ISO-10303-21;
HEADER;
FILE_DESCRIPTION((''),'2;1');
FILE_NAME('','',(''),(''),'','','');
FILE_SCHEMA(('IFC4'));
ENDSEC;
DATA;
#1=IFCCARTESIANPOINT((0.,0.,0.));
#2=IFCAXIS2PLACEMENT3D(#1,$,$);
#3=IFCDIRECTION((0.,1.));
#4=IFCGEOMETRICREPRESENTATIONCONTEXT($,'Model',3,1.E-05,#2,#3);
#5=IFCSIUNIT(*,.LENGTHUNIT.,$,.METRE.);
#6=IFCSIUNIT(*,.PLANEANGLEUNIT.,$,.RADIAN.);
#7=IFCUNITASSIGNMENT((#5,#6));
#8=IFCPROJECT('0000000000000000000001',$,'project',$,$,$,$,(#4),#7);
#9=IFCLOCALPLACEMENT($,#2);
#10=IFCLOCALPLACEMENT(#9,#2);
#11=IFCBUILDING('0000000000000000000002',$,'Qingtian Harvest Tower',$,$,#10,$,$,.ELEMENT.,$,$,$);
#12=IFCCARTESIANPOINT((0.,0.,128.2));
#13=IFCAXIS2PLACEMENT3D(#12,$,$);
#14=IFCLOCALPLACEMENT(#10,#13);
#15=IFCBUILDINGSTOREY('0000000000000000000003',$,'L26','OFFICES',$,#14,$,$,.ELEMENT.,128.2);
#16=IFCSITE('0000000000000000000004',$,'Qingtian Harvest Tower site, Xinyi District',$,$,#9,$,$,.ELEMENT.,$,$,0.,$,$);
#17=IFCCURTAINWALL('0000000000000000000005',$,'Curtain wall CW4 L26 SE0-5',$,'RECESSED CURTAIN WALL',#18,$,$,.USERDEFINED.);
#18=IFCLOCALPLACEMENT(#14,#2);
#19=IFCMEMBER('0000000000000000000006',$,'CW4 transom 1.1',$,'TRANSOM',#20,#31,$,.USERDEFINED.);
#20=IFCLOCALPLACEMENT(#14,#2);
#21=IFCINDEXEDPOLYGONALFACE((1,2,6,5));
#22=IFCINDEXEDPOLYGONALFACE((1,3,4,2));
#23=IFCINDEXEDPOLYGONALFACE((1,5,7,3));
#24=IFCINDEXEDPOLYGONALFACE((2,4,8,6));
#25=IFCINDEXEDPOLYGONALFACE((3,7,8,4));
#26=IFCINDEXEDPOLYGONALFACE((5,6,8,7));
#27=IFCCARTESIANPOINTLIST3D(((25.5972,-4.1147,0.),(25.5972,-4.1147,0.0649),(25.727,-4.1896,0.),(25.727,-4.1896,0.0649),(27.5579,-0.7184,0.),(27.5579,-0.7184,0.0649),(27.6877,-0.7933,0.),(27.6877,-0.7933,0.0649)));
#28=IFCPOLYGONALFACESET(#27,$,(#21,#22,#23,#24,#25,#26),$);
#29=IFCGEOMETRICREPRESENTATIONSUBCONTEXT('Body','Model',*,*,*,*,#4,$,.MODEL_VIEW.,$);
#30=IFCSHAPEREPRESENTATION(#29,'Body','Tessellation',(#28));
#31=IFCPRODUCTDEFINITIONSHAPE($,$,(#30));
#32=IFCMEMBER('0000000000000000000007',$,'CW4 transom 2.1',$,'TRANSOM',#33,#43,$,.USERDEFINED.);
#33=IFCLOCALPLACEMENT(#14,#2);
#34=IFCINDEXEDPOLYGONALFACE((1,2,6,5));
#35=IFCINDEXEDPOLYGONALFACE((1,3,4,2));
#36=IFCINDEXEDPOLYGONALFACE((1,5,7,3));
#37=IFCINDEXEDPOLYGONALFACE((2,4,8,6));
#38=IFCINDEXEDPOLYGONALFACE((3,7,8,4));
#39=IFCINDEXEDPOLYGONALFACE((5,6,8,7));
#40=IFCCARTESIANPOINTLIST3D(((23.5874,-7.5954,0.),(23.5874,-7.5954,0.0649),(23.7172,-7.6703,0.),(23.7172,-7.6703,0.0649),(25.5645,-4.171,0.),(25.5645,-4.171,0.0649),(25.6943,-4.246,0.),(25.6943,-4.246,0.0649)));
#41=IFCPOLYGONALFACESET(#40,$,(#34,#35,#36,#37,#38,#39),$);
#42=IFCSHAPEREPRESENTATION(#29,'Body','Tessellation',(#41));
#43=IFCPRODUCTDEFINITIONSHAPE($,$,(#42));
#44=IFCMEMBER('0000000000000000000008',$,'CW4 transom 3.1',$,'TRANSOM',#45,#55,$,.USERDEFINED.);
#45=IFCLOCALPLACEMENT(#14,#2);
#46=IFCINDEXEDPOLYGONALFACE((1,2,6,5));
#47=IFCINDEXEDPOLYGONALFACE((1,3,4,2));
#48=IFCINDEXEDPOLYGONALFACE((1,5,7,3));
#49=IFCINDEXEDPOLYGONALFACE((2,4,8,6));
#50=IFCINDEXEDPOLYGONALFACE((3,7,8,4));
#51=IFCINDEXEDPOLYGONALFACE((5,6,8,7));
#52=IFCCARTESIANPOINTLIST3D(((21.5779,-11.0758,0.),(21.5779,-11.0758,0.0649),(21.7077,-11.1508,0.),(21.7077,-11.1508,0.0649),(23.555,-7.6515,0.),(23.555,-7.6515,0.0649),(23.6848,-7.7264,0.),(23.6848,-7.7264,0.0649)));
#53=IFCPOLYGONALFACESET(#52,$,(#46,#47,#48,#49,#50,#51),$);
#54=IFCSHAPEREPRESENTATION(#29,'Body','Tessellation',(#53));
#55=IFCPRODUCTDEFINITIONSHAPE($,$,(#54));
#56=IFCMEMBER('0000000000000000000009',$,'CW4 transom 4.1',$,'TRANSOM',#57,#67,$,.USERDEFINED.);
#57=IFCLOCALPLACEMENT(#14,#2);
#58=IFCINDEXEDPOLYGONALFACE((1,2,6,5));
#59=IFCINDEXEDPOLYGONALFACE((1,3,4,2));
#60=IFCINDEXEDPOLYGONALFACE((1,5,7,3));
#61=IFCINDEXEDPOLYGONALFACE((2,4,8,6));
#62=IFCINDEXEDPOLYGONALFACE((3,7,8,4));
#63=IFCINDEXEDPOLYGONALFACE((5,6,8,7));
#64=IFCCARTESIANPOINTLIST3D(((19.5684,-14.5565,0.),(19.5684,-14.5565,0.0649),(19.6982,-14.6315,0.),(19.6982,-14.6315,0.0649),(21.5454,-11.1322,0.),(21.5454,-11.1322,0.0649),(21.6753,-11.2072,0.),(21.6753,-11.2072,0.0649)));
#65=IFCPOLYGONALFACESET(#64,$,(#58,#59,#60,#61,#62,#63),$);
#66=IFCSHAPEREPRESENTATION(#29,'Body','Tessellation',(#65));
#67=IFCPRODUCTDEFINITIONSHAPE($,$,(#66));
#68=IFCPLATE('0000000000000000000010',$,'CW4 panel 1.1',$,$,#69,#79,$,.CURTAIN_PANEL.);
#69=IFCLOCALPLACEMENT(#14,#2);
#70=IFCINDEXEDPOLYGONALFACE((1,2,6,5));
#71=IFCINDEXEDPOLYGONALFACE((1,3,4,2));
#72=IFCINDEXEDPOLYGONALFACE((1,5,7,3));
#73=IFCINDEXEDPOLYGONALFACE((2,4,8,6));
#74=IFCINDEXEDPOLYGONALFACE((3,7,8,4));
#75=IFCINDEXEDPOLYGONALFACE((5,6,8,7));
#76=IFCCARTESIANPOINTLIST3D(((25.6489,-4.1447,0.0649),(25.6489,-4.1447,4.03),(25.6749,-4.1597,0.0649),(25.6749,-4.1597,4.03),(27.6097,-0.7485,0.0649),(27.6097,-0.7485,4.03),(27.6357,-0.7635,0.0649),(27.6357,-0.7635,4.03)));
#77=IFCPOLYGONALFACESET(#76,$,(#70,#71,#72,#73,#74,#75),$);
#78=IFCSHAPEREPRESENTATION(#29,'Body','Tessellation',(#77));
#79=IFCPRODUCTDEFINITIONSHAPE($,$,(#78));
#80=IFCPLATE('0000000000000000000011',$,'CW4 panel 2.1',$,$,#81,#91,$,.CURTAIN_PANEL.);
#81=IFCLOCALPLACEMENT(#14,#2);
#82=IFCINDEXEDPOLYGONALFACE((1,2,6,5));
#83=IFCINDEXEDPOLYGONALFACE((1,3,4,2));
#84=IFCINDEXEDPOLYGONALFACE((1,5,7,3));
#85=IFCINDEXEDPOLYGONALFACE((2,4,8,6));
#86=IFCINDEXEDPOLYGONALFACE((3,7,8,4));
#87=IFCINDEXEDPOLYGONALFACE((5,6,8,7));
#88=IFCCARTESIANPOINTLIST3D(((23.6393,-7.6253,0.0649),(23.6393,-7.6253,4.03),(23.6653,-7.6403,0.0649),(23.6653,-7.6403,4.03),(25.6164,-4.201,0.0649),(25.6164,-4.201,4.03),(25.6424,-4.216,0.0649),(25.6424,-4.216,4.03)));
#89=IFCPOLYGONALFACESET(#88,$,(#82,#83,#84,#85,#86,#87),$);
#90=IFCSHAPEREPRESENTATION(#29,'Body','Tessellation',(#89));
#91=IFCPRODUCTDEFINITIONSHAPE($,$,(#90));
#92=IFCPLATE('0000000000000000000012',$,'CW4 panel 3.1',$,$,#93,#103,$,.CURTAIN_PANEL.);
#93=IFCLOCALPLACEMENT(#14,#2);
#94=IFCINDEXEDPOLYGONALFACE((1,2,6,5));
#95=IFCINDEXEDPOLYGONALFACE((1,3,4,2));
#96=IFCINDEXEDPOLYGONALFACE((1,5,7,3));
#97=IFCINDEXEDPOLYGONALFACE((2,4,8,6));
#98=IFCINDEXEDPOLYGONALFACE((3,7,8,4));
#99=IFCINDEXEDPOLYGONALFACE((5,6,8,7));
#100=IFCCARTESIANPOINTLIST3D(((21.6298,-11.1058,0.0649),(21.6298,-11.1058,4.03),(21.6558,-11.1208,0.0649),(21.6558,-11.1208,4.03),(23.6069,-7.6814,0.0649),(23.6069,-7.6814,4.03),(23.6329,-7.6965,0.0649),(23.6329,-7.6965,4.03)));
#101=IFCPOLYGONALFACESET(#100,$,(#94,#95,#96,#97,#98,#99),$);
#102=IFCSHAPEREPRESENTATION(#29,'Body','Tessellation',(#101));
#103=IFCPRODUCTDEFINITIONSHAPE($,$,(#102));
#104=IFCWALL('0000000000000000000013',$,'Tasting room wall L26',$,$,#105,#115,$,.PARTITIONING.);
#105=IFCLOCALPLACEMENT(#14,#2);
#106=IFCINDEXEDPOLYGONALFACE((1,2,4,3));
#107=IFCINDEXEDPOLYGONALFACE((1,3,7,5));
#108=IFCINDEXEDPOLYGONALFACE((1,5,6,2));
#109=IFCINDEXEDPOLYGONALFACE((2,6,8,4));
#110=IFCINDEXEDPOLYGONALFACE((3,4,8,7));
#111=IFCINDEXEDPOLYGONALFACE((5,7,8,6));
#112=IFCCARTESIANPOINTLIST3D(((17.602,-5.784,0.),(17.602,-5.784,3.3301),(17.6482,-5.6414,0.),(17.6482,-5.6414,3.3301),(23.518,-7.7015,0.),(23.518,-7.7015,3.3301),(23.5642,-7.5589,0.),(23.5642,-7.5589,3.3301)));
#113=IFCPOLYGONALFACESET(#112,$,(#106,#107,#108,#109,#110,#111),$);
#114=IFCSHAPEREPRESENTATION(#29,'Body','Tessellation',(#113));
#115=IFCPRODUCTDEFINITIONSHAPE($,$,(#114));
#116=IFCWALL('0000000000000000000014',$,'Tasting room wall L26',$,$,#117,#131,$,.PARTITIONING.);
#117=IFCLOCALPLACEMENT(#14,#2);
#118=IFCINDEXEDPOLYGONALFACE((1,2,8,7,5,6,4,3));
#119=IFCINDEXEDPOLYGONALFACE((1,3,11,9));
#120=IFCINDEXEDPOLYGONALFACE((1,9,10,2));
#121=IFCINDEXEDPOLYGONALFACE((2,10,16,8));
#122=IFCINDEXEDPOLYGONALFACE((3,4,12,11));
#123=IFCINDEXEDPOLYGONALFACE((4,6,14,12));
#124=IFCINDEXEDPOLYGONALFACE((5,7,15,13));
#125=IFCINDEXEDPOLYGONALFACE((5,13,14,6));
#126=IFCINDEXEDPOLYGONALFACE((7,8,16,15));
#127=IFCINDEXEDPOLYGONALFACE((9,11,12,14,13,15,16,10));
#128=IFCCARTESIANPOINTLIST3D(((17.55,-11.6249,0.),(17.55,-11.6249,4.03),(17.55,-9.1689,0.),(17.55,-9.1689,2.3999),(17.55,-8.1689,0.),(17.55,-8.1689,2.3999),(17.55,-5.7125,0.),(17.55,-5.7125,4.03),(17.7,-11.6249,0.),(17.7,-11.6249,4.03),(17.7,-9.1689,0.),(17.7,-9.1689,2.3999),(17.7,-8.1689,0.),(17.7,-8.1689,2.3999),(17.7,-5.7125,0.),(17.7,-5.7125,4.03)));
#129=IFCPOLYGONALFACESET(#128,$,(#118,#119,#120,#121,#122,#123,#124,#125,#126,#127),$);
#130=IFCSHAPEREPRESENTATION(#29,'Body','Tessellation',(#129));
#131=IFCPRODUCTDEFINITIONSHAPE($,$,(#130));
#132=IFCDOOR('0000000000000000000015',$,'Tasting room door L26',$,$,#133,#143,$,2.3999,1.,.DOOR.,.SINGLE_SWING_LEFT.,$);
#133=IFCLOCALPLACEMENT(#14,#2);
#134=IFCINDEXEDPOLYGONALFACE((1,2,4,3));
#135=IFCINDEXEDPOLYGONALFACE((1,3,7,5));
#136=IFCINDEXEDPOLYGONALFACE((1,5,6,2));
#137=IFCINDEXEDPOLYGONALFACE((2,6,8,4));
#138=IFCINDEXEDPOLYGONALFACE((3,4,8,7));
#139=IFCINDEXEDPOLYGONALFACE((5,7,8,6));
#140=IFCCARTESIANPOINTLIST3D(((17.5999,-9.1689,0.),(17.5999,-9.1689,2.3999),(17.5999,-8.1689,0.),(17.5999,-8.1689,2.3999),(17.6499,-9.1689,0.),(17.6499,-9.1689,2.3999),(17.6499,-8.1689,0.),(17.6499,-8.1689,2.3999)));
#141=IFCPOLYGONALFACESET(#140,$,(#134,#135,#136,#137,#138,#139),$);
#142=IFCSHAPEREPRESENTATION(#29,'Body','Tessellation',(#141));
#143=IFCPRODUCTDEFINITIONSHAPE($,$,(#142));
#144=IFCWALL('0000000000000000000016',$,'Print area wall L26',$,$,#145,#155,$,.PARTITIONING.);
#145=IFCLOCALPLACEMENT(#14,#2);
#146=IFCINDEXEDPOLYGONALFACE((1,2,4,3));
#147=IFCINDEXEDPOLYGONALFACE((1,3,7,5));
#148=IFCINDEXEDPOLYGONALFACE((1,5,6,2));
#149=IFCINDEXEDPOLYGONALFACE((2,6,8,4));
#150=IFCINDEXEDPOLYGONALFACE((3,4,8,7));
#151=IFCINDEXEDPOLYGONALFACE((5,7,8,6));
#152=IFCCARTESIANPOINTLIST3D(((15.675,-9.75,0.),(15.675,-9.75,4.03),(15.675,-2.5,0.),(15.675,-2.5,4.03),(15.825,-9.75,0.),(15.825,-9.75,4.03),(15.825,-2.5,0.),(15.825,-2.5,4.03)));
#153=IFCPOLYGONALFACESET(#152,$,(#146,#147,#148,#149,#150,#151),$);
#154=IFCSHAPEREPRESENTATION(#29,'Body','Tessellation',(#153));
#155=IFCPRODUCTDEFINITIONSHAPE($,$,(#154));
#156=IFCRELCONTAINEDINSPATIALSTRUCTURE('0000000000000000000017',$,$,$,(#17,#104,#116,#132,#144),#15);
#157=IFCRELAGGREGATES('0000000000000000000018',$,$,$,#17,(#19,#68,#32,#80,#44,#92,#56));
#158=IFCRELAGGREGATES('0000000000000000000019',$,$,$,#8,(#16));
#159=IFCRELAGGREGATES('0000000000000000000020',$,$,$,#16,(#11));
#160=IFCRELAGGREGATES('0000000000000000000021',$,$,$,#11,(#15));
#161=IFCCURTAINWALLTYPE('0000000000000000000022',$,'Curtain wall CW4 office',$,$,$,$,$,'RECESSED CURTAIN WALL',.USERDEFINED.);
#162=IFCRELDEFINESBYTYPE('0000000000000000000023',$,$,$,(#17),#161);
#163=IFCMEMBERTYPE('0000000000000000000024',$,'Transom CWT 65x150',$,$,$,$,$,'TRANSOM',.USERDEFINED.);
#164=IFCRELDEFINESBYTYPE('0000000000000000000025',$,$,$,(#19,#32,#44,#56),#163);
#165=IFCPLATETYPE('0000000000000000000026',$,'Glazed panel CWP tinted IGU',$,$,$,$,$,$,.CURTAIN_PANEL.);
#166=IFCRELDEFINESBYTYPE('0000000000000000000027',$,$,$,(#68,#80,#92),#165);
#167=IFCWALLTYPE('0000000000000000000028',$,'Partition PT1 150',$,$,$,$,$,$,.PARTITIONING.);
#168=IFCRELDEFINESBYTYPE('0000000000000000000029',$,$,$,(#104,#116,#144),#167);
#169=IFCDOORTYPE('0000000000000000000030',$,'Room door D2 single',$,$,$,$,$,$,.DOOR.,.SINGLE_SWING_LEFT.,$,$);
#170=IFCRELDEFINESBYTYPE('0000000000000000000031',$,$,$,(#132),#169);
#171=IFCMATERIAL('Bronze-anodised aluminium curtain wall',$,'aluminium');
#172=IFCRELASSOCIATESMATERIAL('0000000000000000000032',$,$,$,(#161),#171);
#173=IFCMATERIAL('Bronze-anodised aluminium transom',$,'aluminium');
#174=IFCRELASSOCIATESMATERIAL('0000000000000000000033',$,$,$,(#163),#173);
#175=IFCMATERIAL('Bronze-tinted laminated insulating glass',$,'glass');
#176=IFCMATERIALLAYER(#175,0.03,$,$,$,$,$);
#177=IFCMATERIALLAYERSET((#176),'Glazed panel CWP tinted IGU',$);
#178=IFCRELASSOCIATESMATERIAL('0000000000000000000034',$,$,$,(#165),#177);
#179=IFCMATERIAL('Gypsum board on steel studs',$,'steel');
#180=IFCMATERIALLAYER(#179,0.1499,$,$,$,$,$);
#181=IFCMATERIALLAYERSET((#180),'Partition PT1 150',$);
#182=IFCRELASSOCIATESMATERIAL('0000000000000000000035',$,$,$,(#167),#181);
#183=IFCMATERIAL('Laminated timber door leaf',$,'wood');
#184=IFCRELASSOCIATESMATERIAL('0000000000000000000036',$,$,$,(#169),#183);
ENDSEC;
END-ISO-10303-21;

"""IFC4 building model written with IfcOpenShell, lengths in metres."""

from ifc_helpers import new_model, si_unit, direction, frame, frame_2d, origin, origin_2d, place, context, subcontext, project, spatial, rectangle, extrude, material, layer, layer_set, material_profile, profile_set, type_object, element, fill, aggregate, save


model = new_model("IFC4")

# Units and contexts
model_context = context("Model", 3, precision=1e-05, world=origin(), true_north=direction((0.0, 1.0)))
body_context = subcontext(model_context, "Body", "Model", "MODEL_VIEW")
ifc_project = project(units=[si_unit("LENGTHUNIT", "METRE"), si_unit("PLANEANGLEUNIT", "RADIAN")], contexts=[model_context])

# Site, building, storey
site_placement = place(None, origin())
site = spatial("IfcSite", under=ifc_project, at=site_placement, Name="Qingtian Harvest Tower site, Xinyi District", CompositionType="ELEMENT", RefElevation=0.0)
building_placement = place(site_placement, origin())
building = spatial("IfcBuilding", under=site, at=building_placement, Name="Qingtian Harvest Tower", CompositionType="ELEMENT")
storey_placement = place(building_placement, frame((0.0, 0.0, 128.2)))
storey = spatial("IfcBuildingStorey", under=building, at=storey_placement, Name="L26", Description="OFFICES", CompositionType="ELEMENT", Elevation=128.2)

# Shared definitions
ifc_material_1 = material(Name="Bronze-anodised aluminium curtain wall", Category="aluminium")
curtain_wall_type = type_object("IfcCurtainWallType", Name="Curtain wall CW4 office", ElementType="RECESSED CURTAIN WALL", PredefinedType="USERDEFINED", material=ifc_material_1)

# Curtain wall
curtain_wall_1_placement = place(storey_placement, origin())
curtain_wall_1 = element("IfcCurtainWall", 1, at=curtain_wall_1_placement, inside=storey, type_object=curtain_wall_type, Name="Curtain wall CW4 L26 SE0-5", ObjectType="RECESSED CURTAIN WALL", PredefinedType="USERDEFINED")

# Members
ifc_material_2 = material(Name="Bronze-anodised aluminium transom", Category="aluminium")
ifc_material_profile_1 = material_profile(ifc_material_2, rectangle(XDim=0.1499, YDim=0.0649, at=origin_2d()), Name="AL 65x150")
ifc_profile_set_1 = profile_set([ifc_material_profile_1], Name="Bronze-anodised aluminium transom")
member_type_1 = type_object("IfcMemberType", Name="Transom CWT 65x150", ElementType="TRANSOM", PredefinedType="USERDEFINED", material=ifc_profile_set_1)
member_1_placement = place(storey_placement, frame((27.6228, -0.7559, 0.0325), z_axis=(-0.499976, -0.866039, 0.0), x_axis=(0.866039, -0.499976, 0.0)))
member_1 = element("IfcMember", 2, at=member_1_placement, type_object=member_type_1, Name="CW4 transom 1.1", ObjectType="TRANSOM", PredefinedType="USERDEFINED", context=body_context, shape_type="SweptSolid", body=[
    extrude(rectangle(XDim=0.1499, YDim=0.0649, at=origin_2d()), origin(), (0.0, 0.0, 1.0), 3.9216),
])
member_2_placement = place(storey_placement, frame((25.6294, -4.2085, 0.0325), z_axis=(-0.500004, -0.866023, 0.0), x_axis=(0.866023, -0.500004, 0.0)))
member_2 = element("IfcMember", 3, at=member_2_placement, type_object=member_type_1, Name="CW4 transom 2.1", ObjectType="TRANSOM", PredefinedType="USERDEFINED", context=body_context, shape_type="SweptSolid", body=[
    extrude(rectangle(XDim=0.1499, YDim=0.0649, at=origin_2d()), origin(), (0.0, 0.0, 1.0), 3.9541),
])
member_3_placement = place(storey_placement, frame((23.6199, -7.689, 0.0325), z_axis=(-0.500004, -0.866023, 0.0), x_axis=(0.866023, -0.500004, 0.0)))
member_3 = element("IfcMember", 4, at=member_3_placement, type_object=member_type_1, Name="CW4 transom 3.1", ObjectType="TRANSOM", PredefinedType="USERDEFINED", context=body_context, shape_type="SweptSolid", body=[
    extrude(rectangle(XDim=0.1499, YDim=0.0649, at=origin_2d()), origin(), (0.0, 0.0, 1.0), 3.9541),
])
member_4_placement = place(storey_placement, frame((21.6104, -11.1697, 0.0325), z_axis=(-0.500004, -0.866023, 0.0), x_axis=(0.866023, -0.500004, 0.0)))
member_4 = element("IfcMember", 5, at=member_4_placement, type_object=member_type_1, Name="CW4 transom 4.1", ObjectType="TRANSOM", PredefinedType="USERDEFINED", context=body_context, shape_type="SweptSolid", body=[
    extrude(rectangle(XDim=0.1499, YDim=0.0649, at=origin_2d()), origin(), (0.0, 0.0, 1.0), 3.9541),
])

# Plates
ifc_material_3 = material(Name="Bronze-tinted laminated insulating glass", Category="glass")
ifc_layer_1 = layer(ifc_material_3, 0.03)
ifc_layer_set_1 = layer_set([ifc_layer_1], Name="Glazed panel CWP tinted IGU")
plate_type = type_object("IfcPlateType", Name="Glazed panel CWP tinted IGU", PredefinedType="CURTAIN_PANEL", material=ifc_layer_set_1)
plate_1_placement = place(storey_placement, frame((26.6423, -2.4541, 0.0649), z_axis=(0.0, 0.0, 1.0), x_axis=(-0.5, -0.866025, 0.0)))
plate_1 = element("IfcPlate", 6, at=plate_1_placement, type_object=plate_type, Name="CW4 panel 1.1", PredefinedType="CURTAIN_PANEL", context=body_context, shape_type="SweptSolid", body=[
    extrude(rectangle(XDim=3.9216, YDim=0.03, at=origin_2d()), origin(), (0.0, 0.0, 1.0), 3.9651),
])
plate_2_placement = place(storey_placement, frame((24.6409, -5.9207, 0.0649), z_axis=(0.0, 0.0, 1.0), x_axis=(-0.5, -0.866025, 0.0)))
plate_2 = element("IfcPlate", 7, at=plate_2_placement, type_object=plate_type, Name="CW4 panel 2.1", PredefinedType="CURTAIN_PANEL", context=body_context, shape_type="SweptSolid", body=[
    extrude(rectangle(XDim=3.9541, YDim=0.03, at=origin_2d()), origin(), (0.0, 0.0, 1.0), 3.9651),
])
plate_3_placement = place(storey_placement, frame((22.6313, -9.4011, 0.0649), z_axis=(0.0, 0.0, 1.0), x_axis=(-0.5, -0.866025, 0.0)))
plate_3 = element("IfcPlate", 8, at=plate_3_placement, type_object=plate_type, Name="CW4 panel 3.1", PredefinedType="CURTAIN_PANEL", context=body_context, shape_type="SweptSolid", body=[
    extrude(rectangle(XDim=3.9541, YDim=0.03, at=origin_2d()), origin(), (0.0, 0.0, 1.0), 3.9651),
])
aggregate(curtain_wall_1, [member_1, plate_1, member_2, plate_2, member_3, plate_3, member_4])

# Wall
ifc_material_4 = material(Name="Gypsum board on steel studs", Category="steel")
ifc_layer_2 = layer(ifc_material_4, 0.1499)
ifc_layer_set_2 = layer_set([ifc_layer_2], Name="Partition PT1 150")
wall_type = type_object("IfcWallType", Name="Partition PT1 150", PredefinedType="PARTITIONING", material=ifc_layer_set_2)
wall_1_placement = place(storey_placement, frame((23.541, -7.6301, 0.0), z_axis=(0.0, 0.0, 1.0), x_axis=(-0.951281, 0.308326, 0.0)))
element("IfcWall", 9, at=wall_1_placement, inside=storey, type_object=wall_type, Name="Tasting room wall L26", PredefinedType="PARTITIONING", context=body_context, shape_type="SweptSolid", body=[
    extrude(rectangle(XDim=6.219, YDim=0.1499, at=frame_2d((3.1094, 0.0))), origin(), (0.0, 0.0, 1.0), 3.3301),
])

# Wall, opening, door
wall_2_placement = place(storey_placement, frame((17.625, -5.7126, 0.0), z_axis=(0.0, 0.0, 1.0), x_axis=(0.0, -1.0, 0.0)))
wall_2 = element("IfcWall", 10, at=wall_2_placement, inside=storey, type_object=wall_type, Name="Tasting room wall L26", PredefinedType="PARTITIONING", context=body_context, shape_type="SweptSolid", body=[
    extrude(rectangle(XDim=5.9124, YDim=0.1499, at=frame_2d((2.9561, 0.0))), origin(), (0.0, 0.0, 1.0), 4.03),
])
opening_placement = place(wall_2_placement, frame((2.4563, 0.0, 0.0)))
opening = element("IfcOpeningElement", 11, at=opening_placement, cuts=wall_2, PredefinedType="OPENING", context=body_context, shape_type="SweptSolid", body=[
    extrude(rectangle(XDim=1.0, YDim=2.3999, at=frame_2d((0.5, 1.2))), frame((0.0, 0.085, 0.0), z_axis=(0.0, -1.0, 0.0), x_axis=(1.0, 0.0, 0.0)), (0.0, 0.0, 1.0), 0.1699),
])
ifc_material_5 = material(Name="Laminated timber door leaf", Category="wood")
door_type = type_object("IfcDoorType", Name="Room door D2 single", OperationType="SINGLE_SWING_LEFT", PredefinedType="DOOR", material=ifc_material_5)
door_placement = place(opening_placement, origin())
door = element("IfcDoor", 12, at=door_placement, inside=storey, type_object=door_type, Name="Tasting room door L26", OperationType="SINGLE_SWING_LEFT", OverallHeight=2.3999, OverallWidth=1.0, PredefinedType="DOOR", context=body_context, shape_type="SweptSolid", body=[
    extrude(rectangle(XDim=1.0, YDim=2.3999, at=frame_2d((0.5, 1.2))), frame((0.0, 0.0249, 0.0), z_axis=(0.0, -1.0, 0.0), x_axis=(1.0, 0.0, 0.0)), (0.0, 0.0, 1.0), 0.05),
])
fill(opening, door)

# Wall
wall_3_placement = place(storey_placement, frame((15.75, -9.75, 0.0), z_axis=(0.0, 0.0, 1.0), x_axis=(0.0, 1.0, 0.0)))
element("IfcWall", 13, at=wall_3_placement, inside=storey, type_object=wall_type, Name="Print area wall L26", PredefinedType="PARTITIONING", context=body_context, shape_type="SweptSolid", body=[
    extrude(rectangle(XDim=7.25, YDim=0.1499, at=frame_2d((3.625, 0.0))), origin(), (0.0, 0.0, 1.0), 4.03),
])

save(model, "model.ifc")
